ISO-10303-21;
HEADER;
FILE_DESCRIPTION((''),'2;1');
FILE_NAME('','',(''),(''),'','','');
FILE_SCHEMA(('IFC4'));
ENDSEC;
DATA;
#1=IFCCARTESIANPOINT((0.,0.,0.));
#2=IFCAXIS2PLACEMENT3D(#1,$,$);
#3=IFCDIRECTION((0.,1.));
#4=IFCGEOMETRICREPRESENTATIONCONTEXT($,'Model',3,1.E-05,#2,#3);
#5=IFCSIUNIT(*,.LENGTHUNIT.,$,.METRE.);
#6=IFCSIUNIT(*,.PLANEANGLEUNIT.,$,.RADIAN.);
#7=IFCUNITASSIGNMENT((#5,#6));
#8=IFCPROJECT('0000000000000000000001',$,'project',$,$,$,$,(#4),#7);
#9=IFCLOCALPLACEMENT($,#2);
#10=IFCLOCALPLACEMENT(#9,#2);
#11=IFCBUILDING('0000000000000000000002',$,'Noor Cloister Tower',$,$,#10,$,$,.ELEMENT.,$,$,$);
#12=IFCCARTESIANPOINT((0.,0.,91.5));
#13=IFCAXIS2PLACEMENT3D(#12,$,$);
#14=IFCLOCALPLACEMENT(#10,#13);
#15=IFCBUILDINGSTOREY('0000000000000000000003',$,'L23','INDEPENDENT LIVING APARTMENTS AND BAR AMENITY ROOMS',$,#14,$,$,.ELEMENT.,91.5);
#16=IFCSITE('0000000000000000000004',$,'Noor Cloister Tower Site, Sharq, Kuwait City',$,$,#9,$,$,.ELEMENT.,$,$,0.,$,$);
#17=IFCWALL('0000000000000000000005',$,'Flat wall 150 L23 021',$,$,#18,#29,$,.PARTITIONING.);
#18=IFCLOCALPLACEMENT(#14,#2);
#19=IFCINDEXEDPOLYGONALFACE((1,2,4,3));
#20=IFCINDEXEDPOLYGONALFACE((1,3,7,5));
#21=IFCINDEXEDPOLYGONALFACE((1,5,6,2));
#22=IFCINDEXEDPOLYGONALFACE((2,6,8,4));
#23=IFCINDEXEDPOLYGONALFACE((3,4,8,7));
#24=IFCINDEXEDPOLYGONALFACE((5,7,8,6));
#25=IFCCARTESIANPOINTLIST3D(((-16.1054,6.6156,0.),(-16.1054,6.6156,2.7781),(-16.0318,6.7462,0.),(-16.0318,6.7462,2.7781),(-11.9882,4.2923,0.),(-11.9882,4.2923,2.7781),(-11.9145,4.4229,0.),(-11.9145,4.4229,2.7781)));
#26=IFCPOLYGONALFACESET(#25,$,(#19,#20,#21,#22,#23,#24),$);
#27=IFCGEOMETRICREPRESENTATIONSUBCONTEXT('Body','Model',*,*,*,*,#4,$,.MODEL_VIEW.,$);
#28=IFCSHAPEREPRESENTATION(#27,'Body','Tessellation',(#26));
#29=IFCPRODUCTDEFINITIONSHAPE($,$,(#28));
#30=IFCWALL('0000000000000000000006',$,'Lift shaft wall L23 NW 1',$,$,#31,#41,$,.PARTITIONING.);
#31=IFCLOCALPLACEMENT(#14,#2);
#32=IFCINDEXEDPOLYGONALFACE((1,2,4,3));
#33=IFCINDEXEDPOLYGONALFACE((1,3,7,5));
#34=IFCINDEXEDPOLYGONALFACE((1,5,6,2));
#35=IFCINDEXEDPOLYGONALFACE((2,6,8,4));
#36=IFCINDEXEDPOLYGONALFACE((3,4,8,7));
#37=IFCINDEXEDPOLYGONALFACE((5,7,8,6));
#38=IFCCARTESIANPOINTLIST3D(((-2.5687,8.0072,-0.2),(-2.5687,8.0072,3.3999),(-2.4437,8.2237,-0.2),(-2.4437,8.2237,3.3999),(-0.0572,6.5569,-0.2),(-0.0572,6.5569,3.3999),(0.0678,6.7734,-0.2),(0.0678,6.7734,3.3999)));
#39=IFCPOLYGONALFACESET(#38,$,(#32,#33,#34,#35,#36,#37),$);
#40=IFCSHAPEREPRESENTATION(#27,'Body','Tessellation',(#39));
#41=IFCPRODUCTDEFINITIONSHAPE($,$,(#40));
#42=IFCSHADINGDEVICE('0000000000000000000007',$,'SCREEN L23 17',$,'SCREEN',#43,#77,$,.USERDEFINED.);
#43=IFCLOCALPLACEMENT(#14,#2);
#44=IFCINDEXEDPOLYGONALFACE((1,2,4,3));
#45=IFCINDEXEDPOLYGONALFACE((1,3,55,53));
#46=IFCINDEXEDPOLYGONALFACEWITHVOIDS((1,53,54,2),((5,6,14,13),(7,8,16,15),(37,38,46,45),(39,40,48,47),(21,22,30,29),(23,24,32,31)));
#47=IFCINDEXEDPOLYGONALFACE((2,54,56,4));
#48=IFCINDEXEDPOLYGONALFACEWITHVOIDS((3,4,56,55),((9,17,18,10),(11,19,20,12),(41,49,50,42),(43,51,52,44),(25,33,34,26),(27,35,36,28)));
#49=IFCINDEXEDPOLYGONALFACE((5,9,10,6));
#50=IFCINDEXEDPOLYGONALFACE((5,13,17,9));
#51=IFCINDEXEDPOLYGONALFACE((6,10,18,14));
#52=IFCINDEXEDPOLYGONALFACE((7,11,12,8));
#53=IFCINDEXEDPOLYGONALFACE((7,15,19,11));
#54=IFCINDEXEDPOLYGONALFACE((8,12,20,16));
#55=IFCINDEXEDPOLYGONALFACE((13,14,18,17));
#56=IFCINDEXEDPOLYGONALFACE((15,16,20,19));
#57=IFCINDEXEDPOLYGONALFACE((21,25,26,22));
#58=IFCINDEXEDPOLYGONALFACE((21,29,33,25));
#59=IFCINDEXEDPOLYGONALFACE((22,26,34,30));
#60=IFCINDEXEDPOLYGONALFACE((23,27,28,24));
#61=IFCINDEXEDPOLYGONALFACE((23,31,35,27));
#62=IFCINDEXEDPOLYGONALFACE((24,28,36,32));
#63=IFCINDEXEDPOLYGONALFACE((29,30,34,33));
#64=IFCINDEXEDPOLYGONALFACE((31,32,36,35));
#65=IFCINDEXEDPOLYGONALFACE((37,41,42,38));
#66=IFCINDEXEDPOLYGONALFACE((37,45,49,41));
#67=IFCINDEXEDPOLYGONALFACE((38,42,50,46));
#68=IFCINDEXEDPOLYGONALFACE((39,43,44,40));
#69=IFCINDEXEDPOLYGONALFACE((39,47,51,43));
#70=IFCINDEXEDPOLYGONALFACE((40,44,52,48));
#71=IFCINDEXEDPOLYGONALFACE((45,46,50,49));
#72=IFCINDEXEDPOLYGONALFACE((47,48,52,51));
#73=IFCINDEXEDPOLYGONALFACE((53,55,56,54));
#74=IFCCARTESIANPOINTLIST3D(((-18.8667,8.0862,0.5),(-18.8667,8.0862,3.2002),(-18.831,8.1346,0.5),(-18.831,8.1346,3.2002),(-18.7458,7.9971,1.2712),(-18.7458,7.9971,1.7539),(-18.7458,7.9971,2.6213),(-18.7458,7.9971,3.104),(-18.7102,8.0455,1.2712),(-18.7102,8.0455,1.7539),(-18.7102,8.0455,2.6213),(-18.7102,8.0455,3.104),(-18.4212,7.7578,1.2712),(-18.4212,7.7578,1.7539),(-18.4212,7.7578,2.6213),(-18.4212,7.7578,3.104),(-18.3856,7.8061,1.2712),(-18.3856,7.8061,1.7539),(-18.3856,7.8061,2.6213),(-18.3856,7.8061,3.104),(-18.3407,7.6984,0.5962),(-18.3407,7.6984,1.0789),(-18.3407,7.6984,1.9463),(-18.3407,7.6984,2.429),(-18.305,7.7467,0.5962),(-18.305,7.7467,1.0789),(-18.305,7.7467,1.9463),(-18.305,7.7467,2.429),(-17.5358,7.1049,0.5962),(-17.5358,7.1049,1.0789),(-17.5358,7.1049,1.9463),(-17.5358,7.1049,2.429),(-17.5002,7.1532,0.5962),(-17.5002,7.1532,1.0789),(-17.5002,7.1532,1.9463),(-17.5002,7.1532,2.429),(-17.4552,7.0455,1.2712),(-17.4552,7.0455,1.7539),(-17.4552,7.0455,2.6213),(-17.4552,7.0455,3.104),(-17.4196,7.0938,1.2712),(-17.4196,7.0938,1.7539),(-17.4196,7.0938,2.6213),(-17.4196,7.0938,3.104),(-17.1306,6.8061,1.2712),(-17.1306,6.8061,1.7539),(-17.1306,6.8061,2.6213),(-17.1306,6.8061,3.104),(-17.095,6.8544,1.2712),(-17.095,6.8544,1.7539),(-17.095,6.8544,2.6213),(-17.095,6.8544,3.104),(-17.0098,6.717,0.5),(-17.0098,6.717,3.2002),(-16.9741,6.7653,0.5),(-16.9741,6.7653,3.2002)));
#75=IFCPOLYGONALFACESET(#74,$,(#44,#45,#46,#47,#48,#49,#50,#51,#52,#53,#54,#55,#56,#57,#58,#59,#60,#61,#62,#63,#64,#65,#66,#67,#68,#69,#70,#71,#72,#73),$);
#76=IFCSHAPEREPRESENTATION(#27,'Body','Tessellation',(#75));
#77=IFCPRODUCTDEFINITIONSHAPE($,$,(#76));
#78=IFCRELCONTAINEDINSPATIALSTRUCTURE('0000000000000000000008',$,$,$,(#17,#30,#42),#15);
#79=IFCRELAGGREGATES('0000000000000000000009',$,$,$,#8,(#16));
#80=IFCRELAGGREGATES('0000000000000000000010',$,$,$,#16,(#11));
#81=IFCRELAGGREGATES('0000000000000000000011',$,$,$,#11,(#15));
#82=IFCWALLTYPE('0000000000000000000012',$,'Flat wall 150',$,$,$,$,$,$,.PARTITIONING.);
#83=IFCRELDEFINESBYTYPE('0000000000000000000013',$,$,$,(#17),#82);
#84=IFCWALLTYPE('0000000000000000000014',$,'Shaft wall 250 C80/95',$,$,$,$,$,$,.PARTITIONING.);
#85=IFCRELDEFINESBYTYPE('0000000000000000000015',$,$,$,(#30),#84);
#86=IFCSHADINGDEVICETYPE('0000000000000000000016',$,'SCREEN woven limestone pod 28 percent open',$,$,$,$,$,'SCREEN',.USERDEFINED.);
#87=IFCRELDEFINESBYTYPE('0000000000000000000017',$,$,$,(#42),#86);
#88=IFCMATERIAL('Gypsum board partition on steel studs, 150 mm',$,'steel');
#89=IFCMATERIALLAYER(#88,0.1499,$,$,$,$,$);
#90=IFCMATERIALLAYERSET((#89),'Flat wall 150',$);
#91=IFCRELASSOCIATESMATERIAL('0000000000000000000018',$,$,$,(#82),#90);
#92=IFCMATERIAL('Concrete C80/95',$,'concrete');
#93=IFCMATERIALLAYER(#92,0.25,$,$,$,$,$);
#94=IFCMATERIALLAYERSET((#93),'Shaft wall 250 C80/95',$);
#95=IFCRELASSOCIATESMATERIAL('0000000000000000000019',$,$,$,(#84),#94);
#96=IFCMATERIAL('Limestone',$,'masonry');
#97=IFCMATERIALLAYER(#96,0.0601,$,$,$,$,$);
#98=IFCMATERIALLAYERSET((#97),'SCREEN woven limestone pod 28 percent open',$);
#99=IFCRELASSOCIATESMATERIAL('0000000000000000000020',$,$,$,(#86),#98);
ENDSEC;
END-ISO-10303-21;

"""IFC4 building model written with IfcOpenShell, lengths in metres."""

from ifc_helpers import new_model, si_unit, direction, frame, frame_2d, origin, place, context, subcontext, project, spatial, polyline, rectangle, outline, extrude, material, layer, layer_set, type_object, element, save


model = new_model("IFC4")

# Units and contexts
model_context = context("Model", 3, precision=1e-05, world=origin(), true_north=direction((0.0, 1.0)))
body_context = subcontext(model_context, "Body", "Model", "MODEL_VIEW")
ifc_project = project(units=[si_unit("LENGTHUNIT", "METRE"), si_unit("PLANEANGLEUNIT", "RADIAN")], contexts=[model_context])

# Site, building, storey
site_placement = place(None, origin())
site = spatial("IfcSite", under=ifc_project, at=site_placement, Name="Noor Cloister Tower Site, Sharq, Kuwait City", CompositionType="ELEMENT", RefElevation=0.0)
building_placement = place(site_placement, origin())
building = spatial("IfcBuilding", under=site, at=building_placement, Name="Noor Cloister Tower", CompositionType="ELEMENT")
storey_placement = place(building_placement, frame((0.0, 0.0, 91.5)))
storey = spatial("IfcBuildingStorey", under=building, at=storey_placement, Name="L23", Description="INDEPENDENT LIVING APARTMENTS AND BAR AMENITY ROOMS", CompositionType="ELEMENT", Elevation=91.5)

# Shared definitions
ifc_material_1 = material(Name="Gypsum board partition on steel studs, 150 mm", Category="steel")
ifc_layer_1 = layer(ifc_material_1, 0.1499)
ifc_layer_set_1 = layer_set([ifc_layer_1], Name="Flat wall 150")
wall_type_1 = type_object("IfcWallType", Name="Flat wall 150", PredefinedType="PARTITIONING", material=ifc_layer_set_1)

# Walls
wall_1_placement = place(storey_placement, frame((-16.0686, 6.6809, 0.0), z_axis=(0.0, 0.0, 1.0), x_axis=(0.870913, -0.491438, 0.0)))
element("IfcWall", 1, at=wall_1_placement, inside=storey, type_object=wall_type_1, Name="Flat wall 150 L23 021", PredefinedType="PARTITIONING", context=body_context, shape_type="SweptSolid", body=[
    extrude(rectangle(XDim=4.7275, YDim=0.1499, at=frame_2d((2.3638, 0.0))), origin(), (0.0, 0.0, 1.0), 2.7781),
])
ifc_material_2 = material(Name="Concrete C80/95", Category="concrete")
ifc_layer_2 = layer(ifc_material_2, 0.25)
ifc_layer_set_2 = layer_set([ifc_layer_2], Name="Shaft wall 250 C80/95")
wall_type_2 = type_object("IfcWallType", Name="Shaft wall 250 C80/95", PredefinedType="PARTITIONING", material=ifc_layer_set_2)
wall_2_placement = place(storey_placement, frame((-2.5063, 8.1155, -0.2), z_axis=(0.0, 0.0, 1.0), x_axis=(0.865996, -0.50005, 0.0)))
element("IfcWall", 2, at=wall_2_placement, inside=storey, type_object=wall_type_2, Name="Lift shaft wall L23 NW 1", PredefinedType="PARTITIONING", context=body_context, shape_type="SweptSolid", body=[
    extrude(rectangle(XDim=2.9001, YDim=0.25, at=frame_2d((1.4502, 0.0))), origin(), (0.0, 0.0, 1.0), 3.5999),
])

# Shading device
ifc_material_3 = material(Name="Limestone", Category="masonry")
ifc_layer_3 = layer(ifc_material_3, 0.0601)
ifc_layer_set_3 = layer_set([ifc_layer_3], Name="SCREEN woven limestone pod 28 percent open")
shading_device_type = type_object("IfcShadingDeviceType", Name="SCREEN woven limestone pod 28 percent open", ElementType="SCREEN", PredefinedType="USERDEFINED", material=ifc_layer_set_3)
shading_device_placement = place(storey_placement, frame((-17.9026, 7.45, 1.8501), z_axis=(-0.593476, -0.804851, 0.0), x_axis=(0.804851, -0.593476, 0.0)))
element("IfcShadingDevice", 3, at=shading_device_placement, inside=storey, type_object=shading_device_type, Name="SCREEN L23 17", ObjectType="SCREEN", PredefinedType="USERDEFINED", context=body_context, shape_type="SweptSolid", body=[
    extrude(outline(polyline([(-1.1536, -1.3501), (1.1536, -1.3501), (1.1536, 1.3501), (-1.1536, 1.3501), (-1.1536, -1.3501)]), holes=[polyline([(-0.5, -1.2539), (0.5, -1.2539), (0.5, -0.7712), (-0.5, -0.7712), (-0.5, -1.2539)]), polyline([(0.6001, -0.5789), (1.0034, -0.5789), (1.0034, -0.0962), (0.6001, -0.0962), (0.6001, -0.5789)]), polyline([(-1.0034, -0.5789), (-0.6001, -0.5789), (-0.6001, -0.0962), (-1.0034, -0.0962), (-1.0034, -0.5789)]), polyline([(-0.5, 0.0962), (0.5, 0.0962), (0.5, 0.5789), (-0.5, 0.5789), (-0.5, 0.0962)]), polyline([(0.6001, 0.7712), (1.0034, 0.7712), (1.0034, 1.2539), (0.6001, 1.2539), (0.6001, 0.7712)]), polyline([(-1.0034, 0.7712), (-0.6001, 0.7712), (-0.6001, 1.2539), (-1.0034, 1.2539), (-1.0034, 0.7712)])]), origin(), (0.0, 0.0, 1.0), 0.0601),
])

save(model, "model.ifc")
